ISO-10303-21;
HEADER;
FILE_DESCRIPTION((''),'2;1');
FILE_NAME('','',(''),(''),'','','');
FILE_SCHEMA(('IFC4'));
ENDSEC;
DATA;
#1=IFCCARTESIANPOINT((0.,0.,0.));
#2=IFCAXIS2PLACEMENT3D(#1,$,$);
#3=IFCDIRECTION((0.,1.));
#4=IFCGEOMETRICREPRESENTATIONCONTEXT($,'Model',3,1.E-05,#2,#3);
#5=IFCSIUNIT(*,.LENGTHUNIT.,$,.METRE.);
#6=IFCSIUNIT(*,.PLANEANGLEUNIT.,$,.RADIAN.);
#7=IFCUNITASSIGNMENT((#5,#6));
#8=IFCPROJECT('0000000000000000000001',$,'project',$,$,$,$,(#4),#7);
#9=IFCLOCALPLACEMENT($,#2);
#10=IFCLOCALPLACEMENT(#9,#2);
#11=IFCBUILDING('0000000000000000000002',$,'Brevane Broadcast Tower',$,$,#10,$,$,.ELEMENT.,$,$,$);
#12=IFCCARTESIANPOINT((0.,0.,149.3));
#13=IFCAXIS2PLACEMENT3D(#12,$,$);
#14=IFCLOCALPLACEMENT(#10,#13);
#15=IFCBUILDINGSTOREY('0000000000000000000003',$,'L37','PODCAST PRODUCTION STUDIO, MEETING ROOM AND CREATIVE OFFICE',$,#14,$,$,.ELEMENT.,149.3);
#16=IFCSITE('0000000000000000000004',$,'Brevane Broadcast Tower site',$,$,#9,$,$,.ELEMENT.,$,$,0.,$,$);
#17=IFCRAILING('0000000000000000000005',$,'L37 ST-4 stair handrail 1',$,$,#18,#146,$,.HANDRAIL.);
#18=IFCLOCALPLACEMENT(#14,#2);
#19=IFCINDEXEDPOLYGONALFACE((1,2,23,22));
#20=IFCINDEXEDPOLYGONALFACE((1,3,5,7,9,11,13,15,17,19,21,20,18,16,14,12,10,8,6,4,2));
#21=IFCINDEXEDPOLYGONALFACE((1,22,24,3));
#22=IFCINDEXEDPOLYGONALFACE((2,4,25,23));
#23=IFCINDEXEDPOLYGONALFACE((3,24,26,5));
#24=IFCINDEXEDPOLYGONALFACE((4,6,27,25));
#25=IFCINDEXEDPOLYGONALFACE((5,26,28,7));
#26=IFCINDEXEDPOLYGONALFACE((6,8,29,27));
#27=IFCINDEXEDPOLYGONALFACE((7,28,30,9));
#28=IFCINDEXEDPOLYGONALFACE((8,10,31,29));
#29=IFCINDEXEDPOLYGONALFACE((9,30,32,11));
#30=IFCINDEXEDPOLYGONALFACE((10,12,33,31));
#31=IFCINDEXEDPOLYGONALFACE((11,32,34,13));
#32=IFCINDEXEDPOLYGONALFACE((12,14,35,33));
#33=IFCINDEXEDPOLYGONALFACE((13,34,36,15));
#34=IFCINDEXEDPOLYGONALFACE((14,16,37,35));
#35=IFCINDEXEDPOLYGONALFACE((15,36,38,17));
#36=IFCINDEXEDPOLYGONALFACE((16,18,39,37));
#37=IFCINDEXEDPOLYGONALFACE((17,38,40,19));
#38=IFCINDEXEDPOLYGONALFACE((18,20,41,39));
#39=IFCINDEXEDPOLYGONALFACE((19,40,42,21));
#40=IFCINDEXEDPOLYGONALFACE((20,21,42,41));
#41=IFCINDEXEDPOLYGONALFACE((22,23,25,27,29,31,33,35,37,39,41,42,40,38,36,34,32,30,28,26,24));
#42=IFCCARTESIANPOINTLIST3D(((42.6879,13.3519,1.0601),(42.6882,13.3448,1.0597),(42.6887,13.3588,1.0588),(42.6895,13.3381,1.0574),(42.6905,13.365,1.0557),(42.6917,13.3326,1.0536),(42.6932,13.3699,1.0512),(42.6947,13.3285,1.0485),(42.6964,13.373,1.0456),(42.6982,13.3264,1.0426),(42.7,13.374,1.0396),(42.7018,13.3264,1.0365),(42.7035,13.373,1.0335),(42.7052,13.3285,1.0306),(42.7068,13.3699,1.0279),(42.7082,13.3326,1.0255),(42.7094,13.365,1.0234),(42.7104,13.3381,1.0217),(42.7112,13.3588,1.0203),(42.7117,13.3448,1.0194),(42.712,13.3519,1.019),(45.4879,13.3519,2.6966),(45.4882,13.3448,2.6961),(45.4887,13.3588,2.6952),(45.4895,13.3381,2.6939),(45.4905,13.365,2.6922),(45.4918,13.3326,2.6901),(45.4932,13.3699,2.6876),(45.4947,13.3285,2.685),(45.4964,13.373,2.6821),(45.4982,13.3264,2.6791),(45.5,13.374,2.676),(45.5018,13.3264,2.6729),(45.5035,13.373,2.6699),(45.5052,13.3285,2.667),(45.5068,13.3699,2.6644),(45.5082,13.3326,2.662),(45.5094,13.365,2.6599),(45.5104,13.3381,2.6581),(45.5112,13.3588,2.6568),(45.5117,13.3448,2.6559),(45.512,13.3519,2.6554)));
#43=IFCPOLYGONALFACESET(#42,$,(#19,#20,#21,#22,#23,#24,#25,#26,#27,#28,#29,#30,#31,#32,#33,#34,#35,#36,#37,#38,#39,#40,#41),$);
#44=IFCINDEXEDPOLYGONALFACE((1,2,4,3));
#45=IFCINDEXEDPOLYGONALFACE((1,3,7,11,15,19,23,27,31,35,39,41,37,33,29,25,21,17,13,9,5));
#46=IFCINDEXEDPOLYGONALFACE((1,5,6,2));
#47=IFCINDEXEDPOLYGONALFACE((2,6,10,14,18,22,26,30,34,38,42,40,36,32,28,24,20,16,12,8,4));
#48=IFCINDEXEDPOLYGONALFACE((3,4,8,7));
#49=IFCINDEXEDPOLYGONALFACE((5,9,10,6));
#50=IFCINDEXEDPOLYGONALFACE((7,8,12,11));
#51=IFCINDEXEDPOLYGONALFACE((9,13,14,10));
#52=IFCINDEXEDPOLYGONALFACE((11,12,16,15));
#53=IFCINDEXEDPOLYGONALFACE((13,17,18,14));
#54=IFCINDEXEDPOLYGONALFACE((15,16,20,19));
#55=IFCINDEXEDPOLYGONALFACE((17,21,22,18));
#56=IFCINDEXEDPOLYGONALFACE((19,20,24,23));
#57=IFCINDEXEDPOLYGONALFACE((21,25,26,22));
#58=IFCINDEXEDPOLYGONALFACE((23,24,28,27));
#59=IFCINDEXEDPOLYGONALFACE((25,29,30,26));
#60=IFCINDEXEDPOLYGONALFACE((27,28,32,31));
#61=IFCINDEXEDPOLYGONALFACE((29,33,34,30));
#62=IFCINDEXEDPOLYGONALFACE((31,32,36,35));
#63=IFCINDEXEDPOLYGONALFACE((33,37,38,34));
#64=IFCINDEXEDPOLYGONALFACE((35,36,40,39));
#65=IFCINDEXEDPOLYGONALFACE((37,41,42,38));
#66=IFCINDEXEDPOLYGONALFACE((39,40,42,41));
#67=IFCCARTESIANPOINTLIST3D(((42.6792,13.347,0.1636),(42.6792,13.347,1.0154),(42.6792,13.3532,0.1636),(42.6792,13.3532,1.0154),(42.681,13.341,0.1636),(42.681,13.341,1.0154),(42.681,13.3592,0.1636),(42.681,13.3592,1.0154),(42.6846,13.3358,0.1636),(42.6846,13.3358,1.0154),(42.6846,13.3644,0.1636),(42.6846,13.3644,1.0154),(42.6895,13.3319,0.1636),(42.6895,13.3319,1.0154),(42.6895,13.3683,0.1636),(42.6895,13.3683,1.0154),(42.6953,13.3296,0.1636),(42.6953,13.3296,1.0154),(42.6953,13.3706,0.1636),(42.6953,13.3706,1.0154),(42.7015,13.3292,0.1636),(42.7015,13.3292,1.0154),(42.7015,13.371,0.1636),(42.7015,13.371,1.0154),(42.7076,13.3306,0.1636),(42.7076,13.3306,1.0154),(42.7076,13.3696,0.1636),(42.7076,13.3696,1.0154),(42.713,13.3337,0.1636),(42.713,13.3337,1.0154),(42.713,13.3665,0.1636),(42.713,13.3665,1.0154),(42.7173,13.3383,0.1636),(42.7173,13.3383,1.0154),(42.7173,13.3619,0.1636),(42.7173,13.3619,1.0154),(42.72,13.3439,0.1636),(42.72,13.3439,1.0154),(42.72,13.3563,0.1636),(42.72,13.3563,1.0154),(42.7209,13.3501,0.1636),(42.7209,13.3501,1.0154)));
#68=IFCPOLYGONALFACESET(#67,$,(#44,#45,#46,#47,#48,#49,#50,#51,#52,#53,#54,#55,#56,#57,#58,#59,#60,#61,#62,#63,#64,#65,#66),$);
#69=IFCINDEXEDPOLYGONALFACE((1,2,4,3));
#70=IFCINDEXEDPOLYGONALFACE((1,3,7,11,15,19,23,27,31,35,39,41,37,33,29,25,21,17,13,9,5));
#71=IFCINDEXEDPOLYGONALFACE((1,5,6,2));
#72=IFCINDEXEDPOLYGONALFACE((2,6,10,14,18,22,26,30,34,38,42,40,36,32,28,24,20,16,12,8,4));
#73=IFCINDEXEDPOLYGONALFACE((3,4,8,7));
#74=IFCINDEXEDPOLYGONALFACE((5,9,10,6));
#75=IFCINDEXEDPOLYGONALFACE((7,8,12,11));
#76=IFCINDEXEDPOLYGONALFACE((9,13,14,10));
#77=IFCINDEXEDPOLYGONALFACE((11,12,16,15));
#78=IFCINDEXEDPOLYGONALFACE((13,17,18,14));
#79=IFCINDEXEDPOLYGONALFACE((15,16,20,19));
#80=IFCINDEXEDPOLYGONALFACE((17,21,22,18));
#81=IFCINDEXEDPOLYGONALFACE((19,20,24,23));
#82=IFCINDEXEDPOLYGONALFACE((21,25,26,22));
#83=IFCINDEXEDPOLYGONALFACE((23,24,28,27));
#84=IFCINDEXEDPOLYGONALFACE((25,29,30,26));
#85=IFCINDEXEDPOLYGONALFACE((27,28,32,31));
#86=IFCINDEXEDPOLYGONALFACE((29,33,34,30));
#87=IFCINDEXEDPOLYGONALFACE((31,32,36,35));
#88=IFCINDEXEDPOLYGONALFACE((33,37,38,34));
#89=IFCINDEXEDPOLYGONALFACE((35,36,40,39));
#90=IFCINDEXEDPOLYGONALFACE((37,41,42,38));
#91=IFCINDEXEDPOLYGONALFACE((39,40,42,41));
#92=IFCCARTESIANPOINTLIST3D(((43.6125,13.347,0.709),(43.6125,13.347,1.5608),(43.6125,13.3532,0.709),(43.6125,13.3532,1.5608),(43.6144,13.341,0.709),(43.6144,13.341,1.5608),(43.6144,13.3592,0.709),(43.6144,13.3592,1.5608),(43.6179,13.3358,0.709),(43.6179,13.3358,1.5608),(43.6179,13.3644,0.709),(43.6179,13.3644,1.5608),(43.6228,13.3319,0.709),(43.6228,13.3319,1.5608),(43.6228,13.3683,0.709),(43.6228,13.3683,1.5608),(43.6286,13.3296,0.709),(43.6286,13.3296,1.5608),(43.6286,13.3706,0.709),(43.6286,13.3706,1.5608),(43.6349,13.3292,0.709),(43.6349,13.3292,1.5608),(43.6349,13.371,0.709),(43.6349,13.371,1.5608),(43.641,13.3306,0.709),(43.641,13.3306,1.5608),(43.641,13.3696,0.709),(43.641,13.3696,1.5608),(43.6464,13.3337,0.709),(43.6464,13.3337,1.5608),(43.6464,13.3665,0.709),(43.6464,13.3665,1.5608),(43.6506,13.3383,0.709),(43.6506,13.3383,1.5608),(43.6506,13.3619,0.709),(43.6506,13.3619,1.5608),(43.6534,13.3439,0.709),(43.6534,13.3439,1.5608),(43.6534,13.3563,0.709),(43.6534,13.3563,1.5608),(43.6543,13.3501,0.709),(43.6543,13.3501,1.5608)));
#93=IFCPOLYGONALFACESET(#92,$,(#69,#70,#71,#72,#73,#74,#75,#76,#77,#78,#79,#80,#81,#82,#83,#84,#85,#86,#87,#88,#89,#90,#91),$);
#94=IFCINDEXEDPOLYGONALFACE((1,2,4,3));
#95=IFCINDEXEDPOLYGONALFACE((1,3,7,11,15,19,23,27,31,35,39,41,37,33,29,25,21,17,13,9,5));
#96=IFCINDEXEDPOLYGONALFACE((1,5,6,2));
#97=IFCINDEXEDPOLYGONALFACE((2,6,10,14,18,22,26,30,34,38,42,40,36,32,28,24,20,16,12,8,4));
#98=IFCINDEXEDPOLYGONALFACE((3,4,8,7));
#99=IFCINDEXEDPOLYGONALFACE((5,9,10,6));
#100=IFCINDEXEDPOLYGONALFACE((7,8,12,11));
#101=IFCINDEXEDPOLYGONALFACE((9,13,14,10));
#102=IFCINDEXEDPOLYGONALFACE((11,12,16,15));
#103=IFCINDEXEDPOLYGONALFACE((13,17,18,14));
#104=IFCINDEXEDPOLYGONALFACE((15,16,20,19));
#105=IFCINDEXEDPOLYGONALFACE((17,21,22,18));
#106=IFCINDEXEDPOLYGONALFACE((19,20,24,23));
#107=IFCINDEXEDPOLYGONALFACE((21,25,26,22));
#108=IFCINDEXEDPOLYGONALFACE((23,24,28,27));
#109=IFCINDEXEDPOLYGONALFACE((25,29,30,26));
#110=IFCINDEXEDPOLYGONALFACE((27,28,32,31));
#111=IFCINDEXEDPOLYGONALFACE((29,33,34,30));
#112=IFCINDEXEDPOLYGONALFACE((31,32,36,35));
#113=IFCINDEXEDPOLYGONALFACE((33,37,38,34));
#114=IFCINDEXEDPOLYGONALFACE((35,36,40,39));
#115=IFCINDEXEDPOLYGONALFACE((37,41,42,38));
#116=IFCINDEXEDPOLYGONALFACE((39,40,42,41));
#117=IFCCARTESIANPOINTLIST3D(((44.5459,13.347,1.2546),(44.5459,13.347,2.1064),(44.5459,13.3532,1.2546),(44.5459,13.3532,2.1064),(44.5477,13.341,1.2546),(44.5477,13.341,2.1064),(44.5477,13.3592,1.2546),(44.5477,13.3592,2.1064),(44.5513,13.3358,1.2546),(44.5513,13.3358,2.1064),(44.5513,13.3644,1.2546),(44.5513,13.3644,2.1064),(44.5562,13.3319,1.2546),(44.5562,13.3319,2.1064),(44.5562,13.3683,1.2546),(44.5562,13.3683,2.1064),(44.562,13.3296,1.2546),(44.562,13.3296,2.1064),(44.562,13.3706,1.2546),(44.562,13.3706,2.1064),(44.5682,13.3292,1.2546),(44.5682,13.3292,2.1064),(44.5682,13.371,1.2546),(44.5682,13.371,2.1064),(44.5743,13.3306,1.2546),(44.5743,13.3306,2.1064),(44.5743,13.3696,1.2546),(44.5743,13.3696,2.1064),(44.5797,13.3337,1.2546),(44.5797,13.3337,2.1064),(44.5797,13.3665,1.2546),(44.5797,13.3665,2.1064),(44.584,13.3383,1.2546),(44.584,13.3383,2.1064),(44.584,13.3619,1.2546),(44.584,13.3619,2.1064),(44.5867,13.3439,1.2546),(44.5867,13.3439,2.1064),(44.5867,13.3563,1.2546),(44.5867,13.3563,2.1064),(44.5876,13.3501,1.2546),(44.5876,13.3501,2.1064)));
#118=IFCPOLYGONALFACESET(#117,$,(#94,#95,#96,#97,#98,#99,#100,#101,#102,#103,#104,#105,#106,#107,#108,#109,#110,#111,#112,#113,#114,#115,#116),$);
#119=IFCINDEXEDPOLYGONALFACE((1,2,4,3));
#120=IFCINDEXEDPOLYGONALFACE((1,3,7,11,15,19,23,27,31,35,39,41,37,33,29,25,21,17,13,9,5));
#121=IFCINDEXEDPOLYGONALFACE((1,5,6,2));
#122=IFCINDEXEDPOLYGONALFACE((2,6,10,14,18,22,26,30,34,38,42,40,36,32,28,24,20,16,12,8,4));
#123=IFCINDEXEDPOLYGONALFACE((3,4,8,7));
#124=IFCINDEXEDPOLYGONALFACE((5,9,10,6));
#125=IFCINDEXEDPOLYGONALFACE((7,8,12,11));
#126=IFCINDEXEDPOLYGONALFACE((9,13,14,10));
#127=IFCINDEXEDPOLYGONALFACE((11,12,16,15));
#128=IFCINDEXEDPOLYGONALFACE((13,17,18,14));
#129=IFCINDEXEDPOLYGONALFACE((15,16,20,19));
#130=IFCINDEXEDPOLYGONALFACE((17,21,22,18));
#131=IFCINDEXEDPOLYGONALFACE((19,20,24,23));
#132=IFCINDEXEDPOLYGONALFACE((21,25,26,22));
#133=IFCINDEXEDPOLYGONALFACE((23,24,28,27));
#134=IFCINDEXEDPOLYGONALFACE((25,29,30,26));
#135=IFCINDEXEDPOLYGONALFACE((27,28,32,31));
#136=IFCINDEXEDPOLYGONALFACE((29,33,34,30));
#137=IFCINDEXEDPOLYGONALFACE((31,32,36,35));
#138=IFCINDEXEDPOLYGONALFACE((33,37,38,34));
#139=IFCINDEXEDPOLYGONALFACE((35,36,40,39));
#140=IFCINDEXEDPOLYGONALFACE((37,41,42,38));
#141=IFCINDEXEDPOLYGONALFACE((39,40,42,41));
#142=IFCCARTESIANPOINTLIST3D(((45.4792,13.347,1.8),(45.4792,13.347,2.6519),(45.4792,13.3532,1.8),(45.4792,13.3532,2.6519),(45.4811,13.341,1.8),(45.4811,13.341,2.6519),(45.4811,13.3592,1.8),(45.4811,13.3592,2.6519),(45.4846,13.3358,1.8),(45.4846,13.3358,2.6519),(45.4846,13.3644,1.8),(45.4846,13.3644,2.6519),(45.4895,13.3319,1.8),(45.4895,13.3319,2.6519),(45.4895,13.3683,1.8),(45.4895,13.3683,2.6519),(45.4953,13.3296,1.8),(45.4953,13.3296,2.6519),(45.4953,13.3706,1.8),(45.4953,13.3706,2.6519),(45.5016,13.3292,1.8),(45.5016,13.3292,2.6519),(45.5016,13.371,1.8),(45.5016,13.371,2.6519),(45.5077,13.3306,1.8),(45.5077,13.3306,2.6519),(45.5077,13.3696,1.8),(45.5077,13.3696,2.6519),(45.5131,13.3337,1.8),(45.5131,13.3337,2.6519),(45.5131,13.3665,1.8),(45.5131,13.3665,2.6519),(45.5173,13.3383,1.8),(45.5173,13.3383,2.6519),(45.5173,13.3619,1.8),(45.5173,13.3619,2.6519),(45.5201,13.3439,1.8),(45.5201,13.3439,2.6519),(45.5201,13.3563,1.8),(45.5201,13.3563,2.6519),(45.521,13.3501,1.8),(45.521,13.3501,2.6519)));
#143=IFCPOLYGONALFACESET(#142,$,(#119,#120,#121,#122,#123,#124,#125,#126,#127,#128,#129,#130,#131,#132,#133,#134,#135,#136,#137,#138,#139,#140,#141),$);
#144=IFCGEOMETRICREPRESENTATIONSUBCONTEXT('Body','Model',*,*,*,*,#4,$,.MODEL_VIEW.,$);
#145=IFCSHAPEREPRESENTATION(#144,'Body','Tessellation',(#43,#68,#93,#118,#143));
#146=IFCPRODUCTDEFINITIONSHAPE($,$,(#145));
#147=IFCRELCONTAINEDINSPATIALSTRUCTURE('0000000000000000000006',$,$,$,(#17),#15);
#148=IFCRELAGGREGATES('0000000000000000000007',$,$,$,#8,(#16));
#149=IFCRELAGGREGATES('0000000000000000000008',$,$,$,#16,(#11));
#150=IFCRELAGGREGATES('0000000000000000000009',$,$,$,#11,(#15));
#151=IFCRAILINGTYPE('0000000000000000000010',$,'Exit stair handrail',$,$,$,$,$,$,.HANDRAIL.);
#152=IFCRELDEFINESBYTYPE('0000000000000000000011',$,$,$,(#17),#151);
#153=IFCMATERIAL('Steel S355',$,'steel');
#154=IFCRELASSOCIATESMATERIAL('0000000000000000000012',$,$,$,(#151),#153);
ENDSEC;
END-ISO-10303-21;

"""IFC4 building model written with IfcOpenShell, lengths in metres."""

from ifc_helpers import new_model, si_unit, direction, frame, origin, origin_2d, place, context, subcontext, project, spatial, circle, extrude, material, type_object, element, save


model = new_model("IFC4")

# Units and contexts
model_context = context("Model", 3, precision=1e-05, world=origin(), true_north=direction((0.0, 1.0)))
body_context = subcontext(model_context, "Body", "Model", "MODEL_VIEW")
ifc_project = project(units=[si_unit("LENGTHUNIT", "METRE"), si_unit("PLANEANGLEUNIT", "RADIAN")], contexts=[model_context])

# Site, building, storey
site_placement = place(None, origin())
site = spatial("IfcSite", under=ifc_project, at=site_placement, Name="Brevane Broadcast Tower site", CompositionType="ELEMENT", RefElevation=0.0)
building_placement = place(site_placement, origin())
building = spatial("IfcBuilding", under=site, at=building_placement, Name="Brevane Broadcast Tower", CompositionType="ELEMENT")
storey_placement = place(building_placement, frame((0.0, 0.0, 149.3)))
storey = spatial("IfcBuildingStorey", under=building, at=storey_placement, Name="L37", Description="PODCAST PRODUCTION STUDIO, MEETING ROOM AND CREATIVE OFFICE", CompositionType="ELEMENT", Elevation=149.3)

# Railing
ifc_material_1 = material(Name="Steel S355", Category="steel")
railing_type_1 = type_object("IfcRailingType", Name="Exit stair handrail", PredefinedType="HANDRAIL", material=ifc_material_1)
railing_1_placement = place(storey_placement, frame((42.7, 13.3501, 0.1636)))
element("IfcRailing", 1, at=railing_1_placement, inside=storey, type_object=railing_type_1, Name="L37 ST-4 stair handrail 1", PredefinedType="HANDRAIL", context=body_context, shape_type="SweptSolid", body=[
    extrude(circle(Radius=0.0239, at=origin_2d()), frame((0.0, 0.0, 0.876), z_axis=(0.863361, 0.0, 0.504587), x_axis=(0.0, 1.0, 0.0)), (0.0, 0.0, 1.0), 3.2432),
    extrude(circle(Radius=0.021, at=origin_2d()), origin(), (0.0, 0.0, 1.0), 0.8518),
    extrude(circle(Radius=0.021, at=origin_2d()), frame((0.9333, 0.0, 0.5454)), (0.0, 0.0, 1.0), 0.8518),
    extrude(circle(Radius=0.021, at=origin_2d()), frame((1.8667, 0.0, 1.0911)), (0.0, 0.0, 1.0), 0.8518),
    extrude(circle(Radius=0.021, at=origin_2d()), frame((2.8, 0.0, 1.6365)), (0.0, 0.0, 1.0), 0.8518),
])

save(model, "model.ifc")
